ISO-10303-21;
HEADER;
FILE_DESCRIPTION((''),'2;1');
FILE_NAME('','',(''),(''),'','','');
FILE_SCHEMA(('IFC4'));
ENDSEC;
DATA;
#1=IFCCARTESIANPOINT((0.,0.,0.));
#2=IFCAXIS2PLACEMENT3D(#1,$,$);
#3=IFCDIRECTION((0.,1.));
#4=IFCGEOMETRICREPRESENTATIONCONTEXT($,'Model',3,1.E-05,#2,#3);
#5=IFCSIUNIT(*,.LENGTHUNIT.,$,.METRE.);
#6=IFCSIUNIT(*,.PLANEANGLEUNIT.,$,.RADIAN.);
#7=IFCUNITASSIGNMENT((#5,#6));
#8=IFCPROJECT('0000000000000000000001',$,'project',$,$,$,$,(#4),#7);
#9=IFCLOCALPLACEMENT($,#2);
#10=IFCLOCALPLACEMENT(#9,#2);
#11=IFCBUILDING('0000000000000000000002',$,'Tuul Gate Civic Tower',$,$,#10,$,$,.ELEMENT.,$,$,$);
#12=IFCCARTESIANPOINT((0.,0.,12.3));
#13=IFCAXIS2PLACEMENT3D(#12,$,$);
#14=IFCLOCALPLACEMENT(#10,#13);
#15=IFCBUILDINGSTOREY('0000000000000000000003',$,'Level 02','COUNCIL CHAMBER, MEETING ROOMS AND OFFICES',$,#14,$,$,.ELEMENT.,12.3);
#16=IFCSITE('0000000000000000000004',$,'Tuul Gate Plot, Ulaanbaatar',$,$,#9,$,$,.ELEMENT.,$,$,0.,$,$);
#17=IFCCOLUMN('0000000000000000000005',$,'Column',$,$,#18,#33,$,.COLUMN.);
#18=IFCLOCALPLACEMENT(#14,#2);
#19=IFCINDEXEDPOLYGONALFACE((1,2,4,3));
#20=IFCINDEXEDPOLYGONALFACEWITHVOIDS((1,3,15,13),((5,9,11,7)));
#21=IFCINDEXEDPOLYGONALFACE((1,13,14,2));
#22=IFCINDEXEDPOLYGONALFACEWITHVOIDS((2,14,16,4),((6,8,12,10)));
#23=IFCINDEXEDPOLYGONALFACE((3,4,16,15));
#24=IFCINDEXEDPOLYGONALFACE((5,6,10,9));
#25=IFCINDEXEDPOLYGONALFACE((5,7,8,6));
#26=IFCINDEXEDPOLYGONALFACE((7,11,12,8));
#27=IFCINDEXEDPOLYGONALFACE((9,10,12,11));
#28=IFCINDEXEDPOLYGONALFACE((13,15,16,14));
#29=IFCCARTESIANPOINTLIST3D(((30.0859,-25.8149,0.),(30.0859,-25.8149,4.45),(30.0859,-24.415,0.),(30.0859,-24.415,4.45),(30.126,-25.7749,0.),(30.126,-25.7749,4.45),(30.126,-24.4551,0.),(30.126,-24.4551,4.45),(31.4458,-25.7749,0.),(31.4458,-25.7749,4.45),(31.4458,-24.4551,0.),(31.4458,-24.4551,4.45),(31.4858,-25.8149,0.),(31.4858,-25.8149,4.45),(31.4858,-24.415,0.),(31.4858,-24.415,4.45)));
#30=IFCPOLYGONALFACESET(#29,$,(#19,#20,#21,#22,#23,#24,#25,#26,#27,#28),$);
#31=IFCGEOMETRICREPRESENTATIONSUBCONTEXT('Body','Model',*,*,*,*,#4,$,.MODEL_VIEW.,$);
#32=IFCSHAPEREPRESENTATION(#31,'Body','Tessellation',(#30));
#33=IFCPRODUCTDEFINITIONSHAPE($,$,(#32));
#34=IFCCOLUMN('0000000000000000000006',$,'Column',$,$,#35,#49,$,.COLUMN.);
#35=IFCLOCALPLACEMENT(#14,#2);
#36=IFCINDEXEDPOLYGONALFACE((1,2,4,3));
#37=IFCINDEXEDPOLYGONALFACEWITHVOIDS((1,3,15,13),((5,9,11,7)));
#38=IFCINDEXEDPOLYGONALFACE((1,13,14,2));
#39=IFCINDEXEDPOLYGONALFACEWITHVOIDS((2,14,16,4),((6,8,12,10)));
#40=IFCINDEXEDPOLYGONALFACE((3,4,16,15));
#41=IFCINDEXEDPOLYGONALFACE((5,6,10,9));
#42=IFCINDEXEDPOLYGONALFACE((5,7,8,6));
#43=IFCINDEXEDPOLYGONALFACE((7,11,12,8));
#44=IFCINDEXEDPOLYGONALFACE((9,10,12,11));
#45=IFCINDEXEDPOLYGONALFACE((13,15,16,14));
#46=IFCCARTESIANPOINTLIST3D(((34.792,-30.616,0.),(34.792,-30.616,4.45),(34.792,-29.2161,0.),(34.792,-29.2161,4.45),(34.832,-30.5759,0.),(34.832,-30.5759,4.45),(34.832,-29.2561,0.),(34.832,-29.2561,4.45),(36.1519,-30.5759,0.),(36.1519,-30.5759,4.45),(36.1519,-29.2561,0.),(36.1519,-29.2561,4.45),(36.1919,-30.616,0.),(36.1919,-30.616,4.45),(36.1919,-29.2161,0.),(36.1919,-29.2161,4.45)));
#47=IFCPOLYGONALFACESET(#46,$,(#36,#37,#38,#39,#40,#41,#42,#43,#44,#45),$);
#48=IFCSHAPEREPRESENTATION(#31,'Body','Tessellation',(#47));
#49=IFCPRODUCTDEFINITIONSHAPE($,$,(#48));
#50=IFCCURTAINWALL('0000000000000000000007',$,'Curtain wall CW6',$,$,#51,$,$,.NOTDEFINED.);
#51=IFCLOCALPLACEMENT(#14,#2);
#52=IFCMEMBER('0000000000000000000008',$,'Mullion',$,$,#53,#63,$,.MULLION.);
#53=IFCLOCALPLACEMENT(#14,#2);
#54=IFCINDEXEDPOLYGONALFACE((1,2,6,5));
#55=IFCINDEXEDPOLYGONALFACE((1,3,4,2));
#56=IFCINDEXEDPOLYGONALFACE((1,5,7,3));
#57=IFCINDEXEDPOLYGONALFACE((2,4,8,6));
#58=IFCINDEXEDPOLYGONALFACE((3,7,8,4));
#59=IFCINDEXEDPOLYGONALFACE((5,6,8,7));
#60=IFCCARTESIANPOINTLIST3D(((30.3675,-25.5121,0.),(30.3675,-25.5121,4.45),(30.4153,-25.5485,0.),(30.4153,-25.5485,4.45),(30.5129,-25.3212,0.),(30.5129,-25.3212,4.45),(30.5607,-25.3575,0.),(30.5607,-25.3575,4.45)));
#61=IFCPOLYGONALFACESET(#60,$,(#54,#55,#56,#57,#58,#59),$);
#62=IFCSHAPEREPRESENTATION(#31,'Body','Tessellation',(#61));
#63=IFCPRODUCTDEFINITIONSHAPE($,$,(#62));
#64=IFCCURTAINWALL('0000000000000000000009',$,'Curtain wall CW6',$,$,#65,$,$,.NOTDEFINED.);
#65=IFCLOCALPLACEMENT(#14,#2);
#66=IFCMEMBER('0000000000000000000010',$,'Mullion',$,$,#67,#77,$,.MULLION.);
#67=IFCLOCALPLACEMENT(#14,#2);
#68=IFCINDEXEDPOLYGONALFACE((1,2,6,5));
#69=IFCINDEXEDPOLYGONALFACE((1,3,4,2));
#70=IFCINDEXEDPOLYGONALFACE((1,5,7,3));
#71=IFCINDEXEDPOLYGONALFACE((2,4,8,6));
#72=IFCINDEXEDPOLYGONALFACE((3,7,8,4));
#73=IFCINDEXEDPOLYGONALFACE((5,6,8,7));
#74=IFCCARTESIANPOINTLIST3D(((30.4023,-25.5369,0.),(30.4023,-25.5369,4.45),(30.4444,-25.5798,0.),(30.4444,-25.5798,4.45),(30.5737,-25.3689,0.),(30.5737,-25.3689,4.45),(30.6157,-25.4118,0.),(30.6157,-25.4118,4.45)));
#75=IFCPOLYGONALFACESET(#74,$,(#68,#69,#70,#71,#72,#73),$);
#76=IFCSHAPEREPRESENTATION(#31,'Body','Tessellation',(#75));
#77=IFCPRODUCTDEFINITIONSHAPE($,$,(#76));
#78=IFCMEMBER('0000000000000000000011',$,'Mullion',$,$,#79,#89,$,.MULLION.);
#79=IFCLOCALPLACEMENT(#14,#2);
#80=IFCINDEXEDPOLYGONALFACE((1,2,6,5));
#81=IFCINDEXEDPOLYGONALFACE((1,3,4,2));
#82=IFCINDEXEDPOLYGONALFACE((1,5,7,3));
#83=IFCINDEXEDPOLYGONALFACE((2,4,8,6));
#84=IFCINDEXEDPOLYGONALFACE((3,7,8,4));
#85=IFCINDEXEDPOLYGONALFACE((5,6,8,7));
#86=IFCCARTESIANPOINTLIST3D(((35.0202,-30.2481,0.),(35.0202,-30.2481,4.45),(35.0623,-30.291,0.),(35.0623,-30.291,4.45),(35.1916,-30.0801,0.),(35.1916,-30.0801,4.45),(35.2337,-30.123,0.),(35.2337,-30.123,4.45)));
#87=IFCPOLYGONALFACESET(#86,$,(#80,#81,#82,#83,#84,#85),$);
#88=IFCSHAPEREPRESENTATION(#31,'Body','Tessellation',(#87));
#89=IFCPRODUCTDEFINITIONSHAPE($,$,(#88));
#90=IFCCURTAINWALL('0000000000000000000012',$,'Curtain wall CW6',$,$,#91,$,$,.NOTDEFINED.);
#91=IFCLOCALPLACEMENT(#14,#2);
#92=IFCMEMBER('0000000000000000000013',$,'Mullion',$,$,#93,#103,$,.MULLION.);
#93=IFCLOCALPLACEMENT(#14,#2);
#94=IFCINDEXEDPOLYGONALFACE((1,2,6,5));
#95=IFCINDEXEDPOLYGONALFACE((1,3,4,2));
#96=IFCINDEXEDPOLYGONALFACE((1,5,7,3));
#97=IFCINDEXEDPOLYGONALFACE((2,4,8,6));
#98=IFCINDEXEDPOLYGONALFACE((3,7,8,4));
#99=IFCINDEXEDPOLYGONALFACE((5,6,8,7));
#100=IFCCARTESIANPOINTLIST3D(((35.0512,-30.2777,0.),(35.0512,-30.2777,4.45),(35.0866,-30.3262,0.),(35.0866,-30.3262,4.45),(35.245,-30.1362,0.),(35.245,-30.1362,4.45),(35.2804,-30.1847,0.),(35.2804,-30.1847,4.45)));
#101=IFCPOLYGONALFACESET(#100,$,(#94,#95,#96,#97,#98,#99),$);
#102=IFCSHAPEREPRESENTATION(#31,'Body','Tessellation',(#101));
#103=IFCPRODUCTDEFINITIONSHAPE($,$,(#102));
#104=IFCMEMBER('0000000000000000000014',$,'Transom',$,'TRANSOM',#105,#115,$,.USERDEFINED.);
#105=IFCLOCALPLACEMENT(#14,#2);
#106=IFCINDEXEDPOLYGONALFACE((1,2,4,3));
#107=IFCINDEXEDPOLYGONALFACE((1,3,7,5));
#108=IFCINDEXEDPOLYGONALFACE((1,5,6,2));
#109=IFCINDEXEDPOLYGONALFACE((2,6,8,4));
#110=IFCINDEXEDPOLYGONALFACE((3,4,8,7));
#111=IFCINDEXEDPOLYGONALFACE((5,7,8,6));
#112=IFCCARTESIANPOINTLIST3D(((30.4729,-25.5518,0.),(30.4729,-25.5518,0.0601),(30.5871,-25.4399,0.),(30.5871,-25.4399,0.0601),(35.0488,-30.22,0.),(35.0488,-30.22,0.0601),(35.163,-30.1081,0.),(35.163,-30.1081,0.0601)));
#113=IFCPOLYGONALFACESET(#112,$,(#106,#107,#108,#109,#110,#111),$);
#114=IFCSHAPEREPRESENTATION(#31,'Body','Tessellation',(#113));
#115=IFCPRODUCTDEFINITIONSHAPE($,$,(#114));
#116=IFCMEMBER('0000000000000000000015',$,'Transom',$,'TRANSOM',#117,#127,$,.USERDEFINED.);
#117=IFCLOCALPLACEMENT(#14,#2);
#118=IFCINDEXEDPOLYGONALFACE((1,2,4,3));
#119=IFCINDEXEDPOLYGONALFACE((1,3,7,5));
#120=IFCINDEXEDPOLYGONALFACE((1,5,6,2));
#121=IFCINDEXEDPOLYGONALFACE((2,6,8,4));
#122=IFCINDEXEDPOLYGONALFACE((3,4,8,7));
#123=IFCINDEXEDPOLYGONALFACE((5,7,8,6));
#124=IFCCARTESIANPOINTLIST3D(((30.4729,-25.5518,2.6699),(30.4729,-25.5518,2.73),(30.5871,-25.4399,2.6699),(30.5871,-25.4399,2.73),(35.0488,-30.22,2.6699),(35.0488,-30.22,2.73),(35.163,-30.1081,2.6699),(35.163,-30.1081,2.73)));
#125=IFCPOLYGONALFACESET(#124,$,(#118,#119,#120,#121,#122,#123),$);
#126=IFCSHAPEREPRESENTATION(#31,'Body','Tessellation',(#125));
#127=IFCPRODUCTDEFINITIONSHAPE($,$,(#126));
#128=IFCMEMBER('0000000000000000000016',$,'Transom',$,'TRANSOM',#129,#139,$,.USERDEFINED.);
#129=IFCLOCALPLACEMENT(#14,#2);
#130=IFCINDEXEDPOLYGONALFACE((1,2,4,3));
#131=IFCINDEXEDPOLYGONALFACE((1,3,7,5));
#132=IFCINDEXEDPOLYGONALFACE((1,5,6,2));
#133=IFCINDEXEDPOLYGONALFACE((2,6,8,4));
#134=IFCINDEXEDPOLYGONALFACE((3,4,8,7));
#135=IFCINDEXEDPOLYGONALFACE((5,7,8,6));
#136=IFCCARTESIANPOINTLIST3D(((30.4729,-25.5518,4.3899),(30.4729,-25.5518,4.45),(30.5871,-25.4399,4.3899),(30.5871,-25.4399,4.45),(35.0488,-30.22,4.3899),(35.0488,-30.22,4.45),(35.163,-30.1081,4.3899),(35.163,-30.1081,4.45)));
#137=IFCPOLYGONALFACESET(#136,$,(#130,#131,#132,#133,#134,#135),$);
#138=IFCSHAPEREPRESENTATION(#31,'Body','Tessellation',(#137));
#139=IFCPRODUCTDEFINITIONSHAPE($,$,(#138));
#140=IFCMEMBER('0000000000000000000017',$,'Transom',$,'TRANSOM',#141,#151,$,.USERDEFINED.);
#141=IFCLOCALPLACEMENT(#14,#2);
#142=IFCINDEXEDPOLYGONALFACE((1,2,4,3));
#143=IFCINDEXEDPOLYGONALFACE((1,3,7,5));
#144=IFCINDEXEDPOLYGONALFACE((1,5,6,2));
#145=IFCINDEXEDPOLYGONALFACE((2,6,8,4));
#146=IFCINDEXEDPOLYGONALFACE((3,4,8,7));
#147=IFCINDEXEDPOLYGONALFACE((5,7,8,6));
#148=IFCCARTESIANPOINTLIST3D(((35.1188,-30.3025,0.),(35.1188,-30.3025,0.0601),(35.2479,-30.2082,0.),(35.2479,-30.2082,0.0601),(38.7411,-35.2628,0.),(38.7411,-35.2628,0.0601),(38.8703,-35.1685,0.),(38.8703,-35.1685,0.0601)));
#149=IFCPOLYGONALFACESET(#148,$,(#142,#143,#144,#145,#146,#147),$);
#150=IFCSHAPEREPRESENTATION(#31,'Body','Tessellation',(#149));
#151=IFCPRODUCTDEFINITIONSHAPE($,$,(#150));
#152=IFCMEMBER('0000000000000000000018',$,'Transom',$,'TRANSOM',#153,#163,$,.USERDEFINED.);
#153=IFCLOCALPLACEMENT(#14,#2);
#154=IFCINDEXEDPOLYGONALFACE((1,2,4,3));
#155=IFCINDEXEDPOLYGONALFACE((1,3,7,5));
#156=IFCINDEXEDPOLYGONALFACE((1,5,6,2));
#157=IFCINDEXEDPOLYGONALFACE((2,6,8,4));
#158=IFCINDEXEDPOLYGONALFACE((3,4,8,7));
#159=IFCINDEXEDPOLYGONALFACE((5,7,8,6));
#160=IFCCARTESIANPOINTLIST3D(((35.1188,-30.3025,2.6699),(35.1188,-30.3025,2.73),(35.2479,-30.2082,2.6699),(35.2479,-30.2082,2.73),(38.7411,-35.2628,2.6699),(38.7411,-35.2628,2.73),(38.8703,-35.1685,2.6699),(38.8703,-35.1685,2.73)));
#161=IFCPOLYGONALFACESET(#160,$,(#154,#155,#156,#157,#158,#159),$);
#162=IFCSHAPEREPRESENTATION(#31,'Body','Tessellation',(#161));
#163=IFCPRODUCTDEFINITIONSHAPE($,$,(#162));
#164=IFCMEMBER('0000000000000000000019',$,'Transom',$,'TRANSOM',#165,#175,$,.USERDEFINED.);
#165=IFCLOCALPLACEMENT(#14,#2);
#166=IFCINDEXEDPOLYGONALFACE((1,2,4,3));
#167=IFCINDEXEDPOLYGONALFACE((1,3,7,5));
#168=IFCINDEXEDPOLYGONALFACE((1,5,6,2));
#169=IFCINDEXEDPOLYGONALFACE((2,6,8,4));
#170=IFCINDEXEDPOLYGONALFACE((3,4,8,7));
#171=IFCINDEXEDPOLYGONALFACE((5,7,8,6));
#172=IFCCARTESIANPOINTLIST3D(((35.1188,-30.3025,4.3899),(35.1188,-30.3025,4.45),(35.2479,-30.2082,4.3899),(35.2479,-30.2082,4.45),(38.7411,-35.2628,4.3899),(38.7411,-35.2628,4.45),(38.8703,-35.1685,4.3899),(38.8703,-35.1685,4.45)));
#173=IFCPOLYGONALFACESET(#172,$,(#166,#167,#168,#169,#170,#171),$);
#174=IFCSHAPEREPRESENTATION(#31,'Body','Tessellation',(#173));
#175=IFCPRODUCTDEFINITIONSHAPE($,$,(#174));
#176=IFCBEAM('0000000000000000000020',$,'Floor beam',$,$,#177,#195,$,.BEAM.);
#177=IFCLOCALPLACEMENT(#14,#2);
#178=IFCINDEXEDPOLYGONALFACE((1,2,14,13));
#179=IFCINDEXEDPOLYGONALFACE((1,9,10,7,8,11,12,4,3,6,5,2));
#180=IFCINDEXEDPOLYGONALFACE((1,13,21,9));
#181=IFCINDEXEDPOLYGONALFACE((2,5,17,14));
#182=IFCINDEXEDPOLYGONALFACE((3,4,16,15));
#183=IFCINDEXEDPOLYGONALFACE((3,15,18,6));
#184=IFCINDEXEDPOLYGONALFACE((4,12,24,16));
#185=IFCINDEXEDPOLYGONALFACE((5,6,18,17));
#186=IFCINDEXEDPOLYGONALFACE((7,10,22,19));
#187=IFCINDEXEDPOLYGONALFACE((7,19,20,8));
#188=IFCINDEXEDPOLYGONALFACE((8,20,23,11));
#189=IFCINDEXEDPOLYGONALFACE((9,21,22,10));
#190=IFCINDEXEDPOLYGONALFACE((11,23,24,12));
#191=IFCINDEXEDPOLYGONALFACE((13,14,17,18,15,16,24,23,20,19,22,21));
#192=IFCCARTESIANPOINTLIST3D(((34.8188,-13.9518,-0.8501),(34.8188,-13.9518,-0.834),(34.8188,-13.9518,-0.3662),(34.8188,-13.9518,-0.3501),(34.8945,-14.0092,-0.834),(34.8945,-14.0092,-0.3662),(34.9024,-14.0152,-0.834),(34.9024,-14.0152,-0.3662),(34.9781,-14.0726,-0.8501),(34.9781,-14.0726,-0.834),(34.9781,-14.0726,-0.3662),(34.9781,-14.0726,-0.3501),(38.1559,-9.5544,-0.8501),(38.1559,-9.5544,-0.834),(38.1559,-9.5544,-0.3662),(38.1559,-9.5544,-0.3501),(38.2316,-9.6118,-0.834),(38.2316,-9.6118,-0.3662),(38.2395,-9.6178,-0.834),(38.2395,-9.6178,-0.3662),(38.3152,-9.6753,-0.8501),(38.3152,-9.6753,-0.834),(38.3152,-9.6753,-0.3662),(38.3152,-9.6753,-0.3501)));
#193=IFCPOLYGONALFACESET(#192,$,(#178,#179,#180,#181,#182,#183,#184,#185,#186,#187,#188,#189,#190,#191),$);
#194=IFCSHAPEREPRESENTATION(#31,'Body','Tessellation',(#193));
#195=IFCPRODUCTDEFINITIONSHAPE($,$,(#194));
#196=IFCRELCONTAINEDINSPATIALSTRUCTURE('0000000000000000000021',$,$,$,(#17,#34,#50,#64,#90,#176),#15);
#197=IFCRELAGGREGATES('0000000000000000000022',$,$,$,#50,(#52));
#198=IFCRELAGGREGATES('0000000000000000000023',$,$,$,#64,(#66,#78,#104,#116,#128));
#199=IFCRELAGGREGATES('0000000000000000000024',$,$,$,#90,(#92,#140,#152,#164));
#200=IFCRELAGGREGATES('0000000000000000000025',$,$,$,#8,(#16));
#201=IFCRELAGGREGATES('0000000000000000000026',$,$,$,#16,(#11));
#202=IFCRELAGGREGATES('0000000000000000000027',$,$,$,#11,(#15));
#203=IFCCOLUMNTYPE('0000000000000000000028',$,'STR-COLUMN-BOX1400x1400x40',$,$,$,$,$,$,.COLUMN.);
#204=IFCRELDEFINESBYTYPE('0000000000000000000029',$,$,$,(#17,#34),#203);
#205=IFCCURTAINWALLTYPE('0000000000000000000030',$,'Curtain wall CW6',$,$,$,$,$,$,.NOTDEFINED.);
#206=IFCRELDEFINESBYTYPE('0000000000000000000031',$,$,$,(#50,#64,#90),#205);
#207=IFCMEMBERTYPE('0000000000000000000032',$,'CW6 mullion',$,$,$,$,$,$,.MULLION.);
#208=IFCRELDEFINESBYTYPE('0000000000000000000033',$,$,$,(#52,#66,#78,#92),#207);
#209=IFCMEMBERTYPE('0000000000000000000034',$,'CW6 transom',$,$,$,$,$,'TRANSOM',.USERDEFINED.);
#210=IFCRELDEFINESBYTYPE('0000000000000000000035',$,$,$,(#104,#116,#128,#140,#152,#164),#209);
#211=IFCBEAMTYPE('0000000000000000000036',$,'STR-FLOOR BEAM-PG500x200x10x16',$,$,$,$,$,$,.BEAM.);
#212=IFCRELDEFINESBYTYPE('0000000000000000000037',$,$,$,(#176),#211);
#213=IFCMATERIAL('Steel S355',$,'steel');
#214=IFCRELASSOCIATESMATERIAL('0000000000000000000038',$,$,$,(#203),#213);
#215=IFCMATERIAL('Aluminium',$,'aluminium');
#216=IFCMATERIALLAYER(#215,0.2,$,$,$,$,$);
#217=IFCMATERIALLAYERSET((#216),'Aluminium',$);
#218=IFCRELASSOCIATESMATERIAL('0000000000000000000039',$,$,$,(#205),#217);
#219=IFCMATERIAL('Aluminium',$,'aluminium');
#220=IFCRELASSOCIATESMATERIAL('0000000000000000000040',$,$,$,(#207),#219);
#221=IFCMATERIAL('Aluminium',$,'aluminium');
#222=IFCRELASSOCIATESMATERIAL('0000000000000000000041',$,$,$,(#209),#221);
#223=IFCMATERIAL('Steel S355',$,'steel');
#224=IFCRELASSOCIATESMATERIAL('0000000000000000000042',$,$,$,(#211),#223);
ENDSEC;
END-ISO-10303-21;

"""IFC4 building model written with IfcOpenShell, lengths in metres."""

from ifc_helpers import new_model, si_unit, direction, frame, origin, origin_2d, place, context, subcontext, project, spatial, rectangle, hollow_rectangle, i_section, extrude, material, layer, layer_set, material_profile, profile_set, type_object, element, aggregate, save


model = new_model("IFC4")

# Units and contexts
model_context = context("Model", 3, precision=1e-05, world=origin(), true_north=direction((0.0, 1.0)))
body_context = subcontext(model_context, "Body", "Model", "MODEL_VIEW")
ifc_project = project(units=[si_unit("LENGTHUNIT", "METRE"), si_unit("PLANEANGLEUNIT", "RADIAN")], contexts=[model_context])

# Site, building, storey
site_placement = place(None, origin())
site = spatial("IfcSite", under=ifc_project, at=site_placement, Name="Tuul Gate Plot, Ulaanbaatar", CompositionType="ELEMENT", RefElevation=0.0)
building_placement = place(site_placement, origin())
building = spatial("IfcBuilding", under=site, at=building_placement, Name="Tuul Gate Civic Tower", CompositionType="ELEMENT")
storey_placement = place(building_placement, frame((0.0, 0.0, 12.3)))
storey = spatial("IfcBuildingStorey", under=building, at=storey_placement, Name="Level 02", Description="COUNCIL CHAMBER, MEETING ROOMS AND OFFICES", CompositionType="ELEMENT", Elevation=12.3)

# Columns
ifc_material_1 = material(Name="Steel S355", Category="steel")
ifc_material_profile_1 = material_profile(ifc_material_1, hollow_rectangle(XDim=1.3999, YDim=1.3999, WallThickness=0.04, at=origin_2d()), Name="BOX1400x1400x40")
ifc_profile_set_1 = profile_set([ifc_material_profile_1], Name="Steel S355")
column_type = type_object("IfcColumnType", Name="STR-COLUMN-BOX1400x1400x40", PredefinedType="COLUMN", material=ifc_profile_set_1)
for number, where, z_axis, x_axis, name in (
    (1, (30.7859, -25.115, 0.0), (0.0, 0.0, 1.0), (1.0, 0.0, 0.0), "Column"),
    (2, (35.4919, -29.916, 0.0), (0.0, 0.0, 1.0), (1.0, 0.0, 0.0), "Column"),
):
    element("IfcColumn", number, at=place(storey_placement, frame(where, z_axis=z_axis, x_axis=x_axis)), inside=storey, type_object=column_type, Name=name, PredefinedType="COLUMN", context=body_context, shape_type="SweptSolid", body=[
        extrude(hollow_rectangle(XDim=1.3999, YDim=1.3999, WallThickness=0.04, at=origin_2d()), origin(), (0.0, 0.0, 1.0), 4.45),
    ])

# Curtain wall, member
ifc_material_2 = material(Name="Aluminium", Category="aluminium")
ifc_layer_1 = layer(ifc_material_2, 0.2)
ifc_layer_set_1 = layer_set([ifc_layer_1], Name="Aluminium")
curtain_wall_type = type_object("IfcCurtainWallType", Name="Curtain wall CW6", PredefinedType="NOTDEFINED", material=ifc_layer_set_1)
curtain_wall_1_placement = place(storey_placement, origin())
curtain_wall_1 = element("IfcCurtainWall", 3, at=curtain_wall_1_placement, inside=storey, type_object=curtain_wall_type, Name="Curtain wall CW6", PredefinedType="NOTDEFINED")
ifc_material_3 = material(Name="Aluminium", Category="aluminium")
ifc_material_profile_2 = material_profile(ifc_material_3, rectangle(XDim=0.24, YDim=0.0601, at=origin_2d()), Name="CW6 mullion")
ifc_profile_set_2 = profile_set([ifc_material_profile_2], Name="Aluminium")
member_type_1 = type_object("IfcMemberType", Name="CW6 mullion", PredefinedType="MULLION", material=ifc_profile_set_2)
member_1_placement = place(storey_placement, frame((30.4641, -25.4348, 0.0), z_axis=(0.0, 0.0, 1.0), x_axis=(0.605776, 0.795635, 0.0)))
member_1 = element("IfcMember", 4, at=member_1_placement, type_object=member_type_1, Name="Mullion", PredefinedType="MULLION", context=body_context, shape_type="SweptSolid", body=[
    extrude(rectangle(XDim=0.24, YDim=0.0601, at=origin_2d()), origin(), (0.0, 0.0, 1.0), 4.45),
])
aggregate(curtain_wall_1, [member_1])

# Curtain wall, members
curtain_wall_2_placement = place(storey_placement, origin())
curtain_wall_2 = element("IfcCurtainWall", 5, at=curtain_wall_2_placement, inside=storey, type_object=curtain_wall_type, Name="Curtain wall CW6", PredefinedType="NOTDEFINED")
member_2_placement = place(storey_placement, frame((30.509, -25.4744, 0.0), z_axis=(0.0, 0.0, 1.0), x_axis=(0.714132, 0.700011, 0.0)))
member_2 = element("IfcMember", 6, at=member_2_placement, type_object=member_type_1, Name="Mullion", PredefinedType="MULLION", context=body_context, shape_type="SweptSolid", body=[
    extrude(rectangle(XDim=0.24, YDim=0.0601, at=origin_2d()), origin(), (0.0, 0.0, 1.0), 4.45),
])
member_3_placement = place(storey_placement, frame((35.127, -30.1855, 0.0), z_axis=(0.0, 0.0, 1.0), x_axis=(0.714132, 0.700011, 0.0)))
member_3 = element("IfcMember", 7, at=member_3_placement, type_object=member_type_1, Name="Mullion", PredefinedType="MULLION", context=body_context, shape_type="SweptSolid", body=[
    extrude(rectangle(XDim=0.24, YDim=0.0601, at=origin_2d()), origin(), (0.0, 0.0, 1.0), 4.45),
])

# Curtain wall, member
curtain_wall_3_placement = place(storey_placement, origin())
curtain_wall_3 = element("IfcCurtainWall", 8, at=curtain_wall_3_placement, inside=storey, type_object=curtain_wall_type, Name="Curtain wall CW6", PredefinedType="NOTDEFINED")
member_4_placement = place(storey_placement, frame((35.1658, -30.2312, 0.0), z_axis=(0.0, 0.0, 1.0), x_axis=(0.807581, 0.589756, 0.0)))
member_4 = element("IfcMember", 9, at=member_4_placement, type_object=member_type_1, Name="Mullion", PredefinedType="MULLION", context=body_context, shape_type="SweptSolid", body=[
    extrude(rectangle(XDim=0.24, YDim=0.0601, at=origin_2d()), origin(), (0.0, 0.0, 1.0), 4.45),
])

# Members
ifc_material_4 = material(Name="Aluminium", Category="aluminium")
ifc_material_profile_3 = material_profile(ifc_material_4, rectangle(XDim=0.1599, YDim=0.0601, at=origin_2d()), Name="CW6 transom")
ifc_profile_set_3 = profile_set([ifc_material_profile_3], Name="Aluminium")
member_type_2 = type_object("IfcMemberType", Name="CW6 transom", ElementType="TRANSOM", PredefinedType="USERDEFINED", material=ifc_profile_set_3)
member_5_placement = place(storey_placement, frame((30.53, -25.4958, 0.03), z_axis=(0.700013, -0.71413, 0.0), x_axis=(0.71413, 0.700013, 0.0)))
member_5 = element("IfcMember", 10, at=member_5_placement, type_object=member_type_2, Name="Transom", ObjectType="TRANSOM", PredefinedType="USERDEFINED", context=body_context, shape_type="SweptSolid", body=[
    extrude(rectangle(XDim=0.1599, YDim=0.0601, at=origin_2d()), origin(), (0.0, 0.0, 1.0), 6.5369),
])
member_6_placement = place(storey_placement, frame((30.53, -25.4958, 2.7), z_axis=(0.700013, -0.71413, 0.0), x_axis=(0.71413, 0.700013, 0.0)))
member_6 = element("IfcMember", 11, at=member_6_placement, type_object=member_type_2, Name="Transom", ObjectType="TRANSOM", PredefinedType="USERDEFINED", context=body_context, shape_type="SweptSolid", body=[
    extrude(rectangle(XDim=0.1599, YDim=0.0601, at=origin_2d()), origin(), (0.0, 0.0, 1.0), 6.5369),
])
member_7_placement = place(storey_placement, frame((30.53, -25.4958, 4.4199), z_axis=(0.700013, -0.71413, 0.0), x_axis=(0.71413, 0.700013, 0.0)))
member_7 = element("IfcMember", 12, at=member_7_placement, type_object=member_type_2, Name="Transom", ObjectType="TRANSOM", PredefinedType="USERDEFINED", context=body_context, shape_type="SweptSolid", body=[
    extrude(rectangle(XDim=0.1599, YDim=0.0601, at=origin_2d()), origin(), (0.0, 0.0, 1.0), 6.5369),
])
member_8_placement = place(storey_placement, frame((35.1833, -30.2554, 0.03), z_axis=(0.589756, -0.807581, 0.0), x_axis=(0.807581, 0.589756, 0.0)))
member_8 = element("IfcMember", 13, at=member_8_placement, type_object=member_type_2, Name="Transom", ObjectType="TRANSOM", PredefinedType="USERDEFINED", context=body_context, shape_type="SweptSolid", body=[
    extrude(rectangle(XDim=0.1599, YDim=0.0601, at=origin_2d()), origin(), (0.0, 0.0, 1.0), 6.1421),
])
member_9_placement = place(storey_placement, frame((35.1833, -30.2554, 2.7), z_axis=(0.589756, -0.807581, 0.0), x_axis=(0.807581, 0.589756, 0.0)))
member_9 = element("IfcMember", 14, at=member_9_placement, type_object=member_type_2, Name="Transom", ObjectType="TRANSOM", PredefinedType="USERDEFINED", context=body_context, shape_type="SweptSolid", body=[
    extrude(rectangle(XDim=0.1599, YDim=0.0601, at=origin_2d()), origin(), (0.0, 0.0, 1.0), 6.1421),
])
member_10_placement = place(storey_placement, frame((35.1833, -30.2554, 4.4199), z_axis=(0.589756, -0.807581, 0.0), x_axis=(0.807581, 0.589756, 0.0)))
member_10 = element("IfcMember", 15, at=member_10_placement, type_object=member_type_2, Name="Transom", ObjectType="TRANSOM", PredefinedType="USERDEFINED", context=body_context, shape_type="SweptSolid", body=[
    extrude(rectangle(XDim=0.1599, YDim=0.0601, at=origin_2d()), origin(), (0.0, 0.0, 1.0), 6.1421),
])

# Beam
ifc_material_5 = material(Name="Steel S355", Category="steel")
ifc_material_profile_4 = material_profile(ifc_material_5, i_section(OverallWidth=0.2, OverallDepth=0.5, WebThickness=0.01, FlangeThickness=0.0161, at=origin_2d()), Name="PG500x200x10x16")
ifc_profile_set_4 = profile_set([ifc_material_profile_4], Name="Steel S355")
beam_type_1 = type_object("IfcBeamType", Name="STR-FLOOR BEAM-PG500x200x10x16", PredefinedType="BEAM", material=ifc_profile_set_4)
beam_1_placement = place(storey_placement, frame((34.8984, -14.0122, -0.6001), z_axis=(0.604519, 0.796591, 0.0), x_axis=(-0.796591, 0.604519, 0.0)))
element("IfcBeam", 16, at=beam_1_placement, inside=storey, type_object=beam_type_1, Name="Floor beam", PredefinedType="BEAM", context=body_context, shape_type="SweptSolid", body=[
    extrude(i_section(OverallWidth=0.2, OverallDepth=0.5, WebThickness=0.01, FlangeThickness=0.0161, at=origin_2d()), origin(), (0.0, 0.0, 1.0), 5.5203),
])

aggregate(curtain_wall_2, [member_2, member_3, member_5, member_6, member_7])
aggregate(curtain_wall_3, [member_4, member_8, member_9, member_10])

save(model, "model.ifc")
